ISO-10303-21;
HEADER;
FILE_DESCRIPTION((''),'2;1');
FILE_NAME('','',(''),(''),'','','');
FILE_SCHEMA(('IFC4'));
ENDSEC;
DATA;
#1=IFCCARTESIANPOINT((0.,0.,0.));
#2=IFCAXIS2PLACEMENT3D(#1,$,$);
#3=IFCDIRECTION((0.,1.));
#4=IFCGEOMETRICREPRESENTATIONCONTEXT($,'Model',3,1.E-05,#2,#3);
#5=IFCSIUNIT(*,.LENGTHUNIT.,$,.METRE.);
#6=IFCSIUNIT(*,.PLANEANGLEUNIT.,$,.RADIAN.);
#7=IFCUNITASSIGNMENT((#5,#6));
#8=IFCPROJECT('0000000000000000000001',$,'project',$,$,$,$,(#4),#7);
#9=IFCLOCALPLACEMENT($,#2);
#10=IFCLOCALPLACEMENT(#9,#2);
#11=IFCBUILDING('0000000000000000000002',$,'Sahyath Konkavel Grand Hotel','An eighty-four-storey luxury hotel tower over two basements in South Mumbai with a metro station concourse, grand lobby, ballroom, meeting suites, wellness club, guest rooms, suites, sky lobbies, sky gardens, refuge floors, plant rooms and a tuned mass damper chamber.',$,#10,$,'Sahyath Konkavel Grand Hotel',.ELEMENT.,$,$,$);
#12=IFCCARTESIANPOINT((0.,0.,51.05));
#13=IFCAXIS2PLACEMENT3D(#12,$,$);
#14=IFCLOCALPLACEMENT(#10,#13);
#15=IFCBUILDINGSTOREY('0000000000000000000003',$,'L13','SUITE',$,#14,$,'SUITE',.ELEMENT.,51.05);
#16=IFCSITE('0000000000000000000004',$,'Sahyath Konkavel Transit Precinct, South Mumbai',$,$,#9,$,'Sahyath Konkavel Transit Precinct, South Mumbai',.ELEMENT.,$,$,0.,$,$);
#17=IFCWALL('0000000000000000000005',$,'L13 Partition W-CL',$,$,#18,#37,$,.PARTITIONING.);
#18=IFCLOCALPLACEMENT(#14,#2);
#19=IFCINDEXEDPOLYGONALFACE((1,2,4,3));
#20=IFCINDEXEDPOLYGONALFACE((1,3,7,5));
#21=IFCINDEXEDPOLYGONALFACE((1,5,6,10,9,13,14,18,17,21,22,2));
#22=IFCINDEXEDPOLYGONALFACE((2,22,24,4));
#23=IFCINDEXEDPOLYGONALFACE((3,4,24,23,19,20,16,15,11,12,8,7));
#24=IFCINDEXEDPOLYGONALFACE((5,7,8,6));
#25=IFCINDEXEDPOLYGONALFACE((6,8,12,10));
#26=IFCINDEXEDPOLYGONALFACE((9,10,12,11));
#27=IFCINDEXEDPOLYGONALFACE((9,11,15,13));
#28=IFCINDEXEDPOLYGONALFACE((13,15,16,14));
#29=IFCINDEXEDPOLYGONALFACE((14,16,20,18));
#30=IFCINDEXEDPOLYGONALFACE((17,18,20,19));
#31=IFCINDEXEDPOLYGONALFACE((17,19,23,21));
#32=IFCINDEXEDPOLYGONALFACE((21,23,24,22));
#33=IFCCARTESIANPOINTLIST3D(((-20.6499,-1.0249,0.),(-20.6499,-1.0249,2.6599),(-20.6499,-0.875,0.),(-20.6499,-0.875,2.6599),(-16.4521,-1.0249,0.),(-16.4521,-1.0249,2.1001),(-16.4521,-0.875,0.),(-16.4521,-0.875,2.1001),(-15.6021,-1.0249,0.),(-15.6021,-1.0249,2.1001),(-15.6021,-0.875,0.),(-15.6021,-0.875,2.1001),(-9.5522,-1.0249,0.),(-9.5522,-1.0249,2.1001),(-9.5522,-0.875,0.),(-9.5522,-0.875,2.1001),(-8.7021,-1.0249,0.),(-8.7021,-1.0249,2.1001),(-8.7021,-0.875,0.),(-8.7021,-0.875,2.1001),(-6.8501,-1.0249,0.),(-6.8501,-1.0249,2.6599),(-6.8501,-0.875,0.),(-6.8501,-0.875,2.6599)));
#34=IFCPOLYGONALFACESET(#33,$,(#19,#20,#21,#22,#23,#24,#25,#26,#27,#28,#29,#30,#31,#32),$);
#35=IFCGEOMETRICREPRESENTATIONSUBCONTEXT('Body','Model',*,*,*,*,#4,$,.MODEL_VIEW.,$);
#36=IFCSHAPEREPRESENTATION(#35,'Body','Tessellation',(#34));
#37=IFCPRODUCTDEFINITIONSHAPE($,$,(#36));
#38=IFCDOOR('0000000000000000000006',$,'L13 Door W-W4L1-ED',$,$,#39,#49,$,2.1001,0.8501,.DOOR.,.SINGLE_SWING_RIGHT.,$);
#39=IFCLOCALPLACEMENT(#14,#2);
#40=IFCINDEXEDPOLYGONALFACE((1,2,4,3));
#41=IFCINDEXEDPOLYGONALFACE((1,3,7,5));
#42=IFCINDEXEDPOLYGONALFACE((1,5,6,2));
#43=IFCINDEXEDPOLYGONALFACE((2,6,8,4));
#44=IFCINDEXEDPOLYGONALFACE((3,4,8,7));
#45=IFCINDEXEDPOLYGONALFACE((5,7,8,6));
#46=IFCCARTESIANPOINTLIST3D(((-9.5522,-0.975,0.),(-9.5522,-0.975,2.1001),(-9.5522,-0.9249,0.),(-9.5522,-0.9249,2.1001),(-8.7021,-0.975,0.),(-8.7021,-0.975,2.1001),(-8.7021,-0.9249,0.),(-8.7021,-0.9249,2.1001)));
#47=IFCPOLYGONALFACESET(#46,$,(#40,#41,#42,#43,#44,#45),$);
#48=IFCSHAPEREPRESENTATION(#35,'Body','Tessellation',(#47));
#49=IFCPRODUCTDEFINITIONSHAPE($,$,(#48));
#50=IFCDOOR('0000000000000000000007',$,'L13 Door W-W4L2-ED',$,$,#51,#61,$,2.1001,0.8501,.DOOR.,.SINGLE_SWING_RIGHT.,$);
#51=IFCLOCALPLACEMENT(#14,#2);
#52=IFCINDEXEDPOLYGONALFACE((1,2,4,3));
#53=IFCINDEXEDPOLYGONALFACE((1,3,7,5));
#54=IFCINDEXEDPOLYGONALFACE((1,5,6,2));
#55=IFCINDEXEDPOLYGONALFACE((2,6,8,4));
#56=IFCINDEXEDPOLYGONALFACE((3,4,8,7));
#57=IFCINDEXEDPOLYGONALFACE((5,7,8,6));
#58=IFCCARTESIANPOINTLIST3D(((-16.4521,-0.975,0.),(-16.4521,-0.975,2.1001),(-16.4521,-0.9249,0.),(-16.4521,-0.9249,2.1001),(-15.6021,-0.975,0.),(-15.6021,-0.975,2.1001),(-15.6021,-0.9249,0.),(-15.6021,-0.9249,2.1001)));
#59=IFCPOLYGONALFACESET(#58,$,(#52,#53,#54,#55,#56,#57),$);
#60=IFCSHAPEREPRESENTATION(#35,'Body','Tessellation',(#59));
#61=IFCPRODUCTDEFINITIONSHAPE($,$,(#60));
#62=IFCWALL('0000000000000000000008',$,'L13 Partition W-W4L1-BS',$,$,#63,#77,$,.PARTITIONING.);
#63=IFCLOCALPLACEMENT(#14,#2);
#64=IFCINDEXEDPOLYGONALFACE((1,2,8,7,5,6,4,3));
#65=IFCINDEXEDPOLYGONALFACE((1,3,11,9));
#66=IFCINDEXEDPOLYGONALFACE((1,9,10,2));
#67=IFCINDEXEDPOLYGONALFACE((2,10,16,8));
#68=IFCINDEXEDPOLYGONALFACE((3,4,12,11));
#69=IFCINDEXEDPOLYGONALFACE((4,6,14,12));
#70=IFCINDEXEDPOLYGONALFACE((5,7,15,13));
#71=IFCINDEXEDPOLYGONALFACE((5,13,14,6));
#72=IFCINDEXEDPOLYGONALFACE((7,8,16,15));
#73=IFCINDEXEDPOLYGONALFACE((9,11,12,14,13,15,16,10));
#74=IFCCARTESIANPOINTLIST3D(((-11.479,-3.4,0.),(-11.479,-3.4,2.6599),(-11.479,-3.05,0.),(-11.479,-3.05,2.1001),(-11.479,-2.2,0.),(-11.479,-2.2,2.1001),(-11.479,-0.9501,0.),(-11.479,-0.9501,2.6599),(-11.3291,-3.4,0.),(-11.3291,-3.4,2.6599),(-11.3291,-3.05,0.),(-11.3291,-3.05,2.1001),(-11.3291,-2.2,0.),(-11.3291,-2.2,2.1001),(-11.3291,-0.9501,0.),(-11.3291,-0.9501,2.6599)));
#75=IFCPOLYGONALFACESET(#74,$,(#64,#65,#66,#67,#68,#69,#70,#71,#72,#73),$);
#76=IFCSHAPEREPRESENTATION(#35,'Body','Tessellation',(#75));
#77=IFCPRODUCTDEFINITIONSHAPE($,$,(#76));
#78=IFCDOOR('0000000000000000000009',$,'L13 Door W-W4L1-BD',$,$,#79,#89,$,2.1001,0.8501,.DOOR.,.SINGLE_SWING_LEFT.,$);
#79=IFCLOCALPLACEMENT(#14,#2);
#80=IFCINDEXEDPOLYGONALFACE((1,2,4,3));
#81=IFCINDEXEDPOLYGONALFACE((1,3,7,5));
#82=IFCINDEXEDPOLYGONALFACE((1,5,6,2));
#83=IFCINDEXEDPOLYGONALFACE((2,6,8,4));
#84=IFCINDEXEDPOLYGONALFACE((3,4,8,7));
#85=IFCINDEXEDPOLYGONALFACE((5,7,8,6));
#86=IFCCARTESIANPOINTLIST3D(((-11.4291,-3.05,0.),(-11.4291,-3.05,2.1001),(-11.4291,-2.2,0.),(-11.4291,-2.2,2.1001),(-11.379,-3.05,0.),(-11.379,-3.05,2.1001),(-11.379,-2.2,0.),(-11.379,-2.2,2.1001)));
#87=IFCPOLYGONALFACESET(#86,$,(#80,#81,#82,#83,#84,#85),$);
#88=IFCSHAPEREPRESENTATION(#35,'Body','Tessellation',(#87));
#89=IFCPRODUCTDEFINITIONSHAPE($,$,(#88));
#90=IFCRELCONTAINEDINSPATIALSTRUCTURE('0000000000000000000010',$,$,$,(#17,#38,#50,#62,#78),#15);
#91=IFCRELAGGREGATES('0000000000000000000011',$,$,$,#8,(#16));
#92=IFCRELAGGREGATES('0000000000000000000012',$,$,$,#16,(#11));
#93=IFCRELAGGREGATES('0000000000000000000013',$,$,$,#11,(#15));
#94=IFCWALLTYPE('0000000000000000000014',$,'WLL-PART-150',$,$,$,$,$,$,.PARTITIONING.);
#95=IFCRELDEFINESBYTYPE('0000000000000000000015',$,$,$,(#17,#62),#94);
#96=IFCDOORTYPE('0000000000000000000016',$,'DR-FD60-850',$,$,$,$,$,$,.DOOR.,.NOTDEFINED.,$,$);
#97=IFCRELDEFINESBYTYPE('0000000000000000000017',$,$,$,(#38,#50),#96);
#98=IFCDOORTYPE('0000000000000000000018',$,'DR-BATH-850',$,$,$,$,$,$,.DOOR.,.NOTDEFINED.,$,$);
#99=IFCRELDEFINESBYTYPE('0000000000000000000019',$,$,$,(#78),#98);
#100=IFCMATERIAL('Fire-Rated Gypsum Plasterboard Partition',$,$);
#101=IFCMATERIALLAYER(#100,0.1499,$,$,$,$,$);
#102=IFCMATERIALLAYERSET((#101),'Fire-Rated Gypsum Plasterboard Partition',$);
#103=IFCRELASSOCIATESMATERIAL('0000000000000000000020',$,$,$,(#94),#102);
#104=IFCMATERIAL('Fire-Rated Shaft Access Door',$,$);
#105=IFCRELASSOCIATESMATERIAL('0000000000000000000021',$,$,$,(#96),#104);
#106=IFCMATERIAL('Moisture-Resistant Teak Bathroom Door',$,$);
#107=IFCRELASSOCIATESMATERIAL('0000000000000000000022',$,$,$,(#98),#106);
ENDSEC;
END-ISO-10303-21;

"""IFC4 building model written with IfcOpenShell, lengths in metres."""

from ifc_helpers import new_model, si_unit, direction, frame, frame_2d, origin, origin_2d, place, context, subcontext, project, spatial, rectangle, extrude, source, transform, mapped, material, layer, layer_set, type_object, element, fill, save


model = new_model("IFC4")

# Units and contexts
model_context = context("Model", 3, precision=1e-05, world=origin(), true_north=direction((0.0, 1.0)))
body_context = subcontext(model_context, "Body", "Model", "MODEL_VIEW")
ifc_project = project(units=[si_unit("LENGTHUNIT", "METRE"), si_unit("PLANEANGLEUNIT", "RADIAN")], contexts=[model_context])

# Site, building, storey
site_placement = place(None, origin())
site = spatial("IfcSite", under=ifc_project, at=site_placement, Name="Sahyath Konkavel Transit Precinct, South Mumbai", LongName="Sahyath Konkavel Transit Precinct, South Mumbai", CompositionType="ELEMENT", RefElevation=0.0)
building_placement = place(site_placement, origin())
building = spatial("IfcBuilding", under=site, at=building_placement, Name="Sahyath Konkavel Grand Hotel", Description="An eighty-four-storey luxury hotel tower over two basements in South Mumbai with a metro station concourse, grand lobby, ballroom, meeting suites, wellness club, guest rooms, suites, sky lobbies, sky gardens, refuge floors, plant rooms and a tuned mass damper chamber.", LongName="Sahyath Konkavel Grand Hotel", CompositionType="ELEMENT")
storey_placement = place(building_placement, frame((0.0, 0.0, 51.05)))
storey = spatial("IfcBuildingStorey", under=building, at=storey_placement, Name="L13", Description="SUITE", LongName="SUITE", CompositionType="ELEMENT", Elevation=51.05)

# Wall, openings, doors
ifc_material_1 = material(Name="Fire-Rated Gypsum Plasterboard Partition")
ifc_layer_1 = layer(ifc_material_1, 0.1499)
ifc_layer_set_1 = layer_set([ifc_layer_1], Name="Fire-Rated Gypsum Plasterboard Partition")
wall_type_1 = type_object("IfcWallType", Name="WLL-PART-150", PredefinedType="PARTITIONING", material=ifc_layer_set_1)
wall_1_placement = place(storey_placement, frame((-6.8501, -0.95, 0.0), z_axis=(0.0, 0.0, 1.0), x_axis=(-1.0, 0.0, 0.0)))
wall_1 = element("IfcWall", 1, at=wall_1_placement, inside=storey, type_object=wall_type_1, Name="L13 Partition W-CL", PredefinedType="PARTITIONING", context=body_context, shape_type="SweptSolid", body=[
    extrude(rectangle(XDim=13.7998, YDim=0.1499, at=frame_2d((6.8999, 0.0))), origin(), (0.0, 0.0, 1.0), 2.6599),
])
opening_1_placement = place(wall_1_placement, frame((1.8521, 0.0, 0.0)))
opening_1 = element("IfcOpeningElement", 2, at=opening_1_placement, cuts=wall_1, PredefinedType="OPENING", context=body_context, shape_type="SweptSolid", body=[
    extrude(rectangle(XDim=0.8501, YDim=2.1001, at=frame_2d((0.425, 1.05))), frame((0.0, 0.085, 0.0), z_axis=(0.0, -1.0, 0.0), x_axis=(1.0, 0.0, 0.0)), (0.0, 0.0, 1.0), 0.1699),
])
opening_2_placement = place(wall_1_placement, frame((8.752, 0.0, 0.0)))
opening_2 = element("IfcOpeningElement", 3, at=opening_2_placement, cuts=wall_1, PredefinedType="OPENING", context=body_context, shape_type="SweptSolid", body=[
    extrude(rectangle(XDim=0.8501, YDim=2.1001, at=frame_2d((0.425, 1.05))), frame((0.0, 0.085, 0.0), z_axis=(0.0, -1.0, 0.0), x_axis=(1.0, 0.0, 0.0)), (0.0, 0.0, 1.0), 0.1699),
])
ifc_material_2 = material(Name="Fire-Rated Shaft Access Door")
door_type_1 = type_object("IfcDoorType", Name="DR-FD60-850", OperationType="NOTDEFINED", PredefinedType="DOOR", material=ifc_material_2)
shared_shape_1 = source(origin(), body_context, "Body", "SweptSolid", [
    extrude(rectangle(XDim=0.8501, YDim=0.05, at=origin_2d()), origin(), (0.0, 0.0, 1.0), 2.1001),
])
door_1_placement = place(opening_1_placement, frame((0.425, 0.0, 0.0)))
door_1 = element("IfcDoor", 4, at=door_1_placement, inside=storey, type_object=door_type_1, Name="L13 Door W-W4L1-ED", OperationType="SINGLE_SWING_RIGHT", OverallHeight=2.1001, OverallWidth=0.8501, PredefinedType="DOOR", context=body_context, shape_type="MappedRepresentation", body=[
    mapped(shared_shape_1, transform((0.0, 0.0, 0.0), scale=1.0)),
])
fill(opening_1, door_1)
door_2_placement = place(opening_2_placement, frame((0.425, 0.0, 0.0)))
door_2 = element("IfcDoor", 5, at=door_2_placement, inside=storey, type_object=door_type_1, Name="L13 Door W-W4L2-ED", OperationType="SINGLE_SWING_RIGHT", OverallHeight=2.1001, OverallWidth=0.8501, PredefinedType="DOOR", context=body_context, shape_type="MappedRepresentation", body=[
    mapped(shared_shape_1, transform((0.0, 0.0, 0.0), scale=1.0)),
])
fill(opening_2, door_2)

# Wall, opening, door
wall_2_placement = place(storey_placement, frame((-11.4041, -0.95, 0.0), z_axis=(0.0, 0.0, 1.0), x_axis=(0.0, -1.0, 0.0)))
wall_2 = element("IfcWall", 6, at=wall_2_placement, inside=storey, type_object=wall_type_1, Name="L13 Partition W-W4L1-BS", PredefinedType="PARTITIONING", context=body_context, shape_type="SweptSolid", body=[
    extrude(rectangle(XDim=2.45, YDim=0.1499, at=frame_2d((1.2251, 0.0))), origin(), (0.0, 0.0, 1.0), 2.6599),
])
opening_3_placement = place(wall_2_placement, frame((1.25, 0.0, 0.0)))
opening_3 = element("IfcOpeningElement", 7, at=opening_3_placement, cuts=wall_2, PredefinedType="OPENING", context=body_context, shape_type="SweptSolid", body=[
    extrude(rectangle(XDim=0.8501, YDim=2.1001, at=frame_2d((0.425, 1.05))), frame((0.0, 0.085, 0.0), z_axis=(0.0, -1.0, 0.0), x_axis=(1.0, 0.0, 0.0)), (0.0, 0.0, 1.0), 0.1699),
])
ifc_material_3 = material(Name="Moisture-Resistant Teak Bathroom Door")
door_type_2 = type_object("IfcDoorType", Name="DR-BATH-850", OperationType="NOTDEFINED", PredefinedType="DOOR", material=ifc_material_3)
door_3_placement = place(opening_3_placement, frame((0.425, 0.0, 0.0)))
door_3 = element("IfcDoor", 8, at=door_3_placement, inside=storey, type_object=door_type_2, Name="L13 Door W-W4L1-BD", OperationType="SINGLE_SWING_LEFT", OverallHeight=2.1001, OverallWidth=0.8501, PredefinedType="DOOR", context=body_context, shape_type="MappedRepresentation", body=[
    mapped(shared_shape_1, transform((0.0, 0.0, 0.0), scale=1.0)),
])
fill(opening_3, door_3)

save(model, "model.ifc")
